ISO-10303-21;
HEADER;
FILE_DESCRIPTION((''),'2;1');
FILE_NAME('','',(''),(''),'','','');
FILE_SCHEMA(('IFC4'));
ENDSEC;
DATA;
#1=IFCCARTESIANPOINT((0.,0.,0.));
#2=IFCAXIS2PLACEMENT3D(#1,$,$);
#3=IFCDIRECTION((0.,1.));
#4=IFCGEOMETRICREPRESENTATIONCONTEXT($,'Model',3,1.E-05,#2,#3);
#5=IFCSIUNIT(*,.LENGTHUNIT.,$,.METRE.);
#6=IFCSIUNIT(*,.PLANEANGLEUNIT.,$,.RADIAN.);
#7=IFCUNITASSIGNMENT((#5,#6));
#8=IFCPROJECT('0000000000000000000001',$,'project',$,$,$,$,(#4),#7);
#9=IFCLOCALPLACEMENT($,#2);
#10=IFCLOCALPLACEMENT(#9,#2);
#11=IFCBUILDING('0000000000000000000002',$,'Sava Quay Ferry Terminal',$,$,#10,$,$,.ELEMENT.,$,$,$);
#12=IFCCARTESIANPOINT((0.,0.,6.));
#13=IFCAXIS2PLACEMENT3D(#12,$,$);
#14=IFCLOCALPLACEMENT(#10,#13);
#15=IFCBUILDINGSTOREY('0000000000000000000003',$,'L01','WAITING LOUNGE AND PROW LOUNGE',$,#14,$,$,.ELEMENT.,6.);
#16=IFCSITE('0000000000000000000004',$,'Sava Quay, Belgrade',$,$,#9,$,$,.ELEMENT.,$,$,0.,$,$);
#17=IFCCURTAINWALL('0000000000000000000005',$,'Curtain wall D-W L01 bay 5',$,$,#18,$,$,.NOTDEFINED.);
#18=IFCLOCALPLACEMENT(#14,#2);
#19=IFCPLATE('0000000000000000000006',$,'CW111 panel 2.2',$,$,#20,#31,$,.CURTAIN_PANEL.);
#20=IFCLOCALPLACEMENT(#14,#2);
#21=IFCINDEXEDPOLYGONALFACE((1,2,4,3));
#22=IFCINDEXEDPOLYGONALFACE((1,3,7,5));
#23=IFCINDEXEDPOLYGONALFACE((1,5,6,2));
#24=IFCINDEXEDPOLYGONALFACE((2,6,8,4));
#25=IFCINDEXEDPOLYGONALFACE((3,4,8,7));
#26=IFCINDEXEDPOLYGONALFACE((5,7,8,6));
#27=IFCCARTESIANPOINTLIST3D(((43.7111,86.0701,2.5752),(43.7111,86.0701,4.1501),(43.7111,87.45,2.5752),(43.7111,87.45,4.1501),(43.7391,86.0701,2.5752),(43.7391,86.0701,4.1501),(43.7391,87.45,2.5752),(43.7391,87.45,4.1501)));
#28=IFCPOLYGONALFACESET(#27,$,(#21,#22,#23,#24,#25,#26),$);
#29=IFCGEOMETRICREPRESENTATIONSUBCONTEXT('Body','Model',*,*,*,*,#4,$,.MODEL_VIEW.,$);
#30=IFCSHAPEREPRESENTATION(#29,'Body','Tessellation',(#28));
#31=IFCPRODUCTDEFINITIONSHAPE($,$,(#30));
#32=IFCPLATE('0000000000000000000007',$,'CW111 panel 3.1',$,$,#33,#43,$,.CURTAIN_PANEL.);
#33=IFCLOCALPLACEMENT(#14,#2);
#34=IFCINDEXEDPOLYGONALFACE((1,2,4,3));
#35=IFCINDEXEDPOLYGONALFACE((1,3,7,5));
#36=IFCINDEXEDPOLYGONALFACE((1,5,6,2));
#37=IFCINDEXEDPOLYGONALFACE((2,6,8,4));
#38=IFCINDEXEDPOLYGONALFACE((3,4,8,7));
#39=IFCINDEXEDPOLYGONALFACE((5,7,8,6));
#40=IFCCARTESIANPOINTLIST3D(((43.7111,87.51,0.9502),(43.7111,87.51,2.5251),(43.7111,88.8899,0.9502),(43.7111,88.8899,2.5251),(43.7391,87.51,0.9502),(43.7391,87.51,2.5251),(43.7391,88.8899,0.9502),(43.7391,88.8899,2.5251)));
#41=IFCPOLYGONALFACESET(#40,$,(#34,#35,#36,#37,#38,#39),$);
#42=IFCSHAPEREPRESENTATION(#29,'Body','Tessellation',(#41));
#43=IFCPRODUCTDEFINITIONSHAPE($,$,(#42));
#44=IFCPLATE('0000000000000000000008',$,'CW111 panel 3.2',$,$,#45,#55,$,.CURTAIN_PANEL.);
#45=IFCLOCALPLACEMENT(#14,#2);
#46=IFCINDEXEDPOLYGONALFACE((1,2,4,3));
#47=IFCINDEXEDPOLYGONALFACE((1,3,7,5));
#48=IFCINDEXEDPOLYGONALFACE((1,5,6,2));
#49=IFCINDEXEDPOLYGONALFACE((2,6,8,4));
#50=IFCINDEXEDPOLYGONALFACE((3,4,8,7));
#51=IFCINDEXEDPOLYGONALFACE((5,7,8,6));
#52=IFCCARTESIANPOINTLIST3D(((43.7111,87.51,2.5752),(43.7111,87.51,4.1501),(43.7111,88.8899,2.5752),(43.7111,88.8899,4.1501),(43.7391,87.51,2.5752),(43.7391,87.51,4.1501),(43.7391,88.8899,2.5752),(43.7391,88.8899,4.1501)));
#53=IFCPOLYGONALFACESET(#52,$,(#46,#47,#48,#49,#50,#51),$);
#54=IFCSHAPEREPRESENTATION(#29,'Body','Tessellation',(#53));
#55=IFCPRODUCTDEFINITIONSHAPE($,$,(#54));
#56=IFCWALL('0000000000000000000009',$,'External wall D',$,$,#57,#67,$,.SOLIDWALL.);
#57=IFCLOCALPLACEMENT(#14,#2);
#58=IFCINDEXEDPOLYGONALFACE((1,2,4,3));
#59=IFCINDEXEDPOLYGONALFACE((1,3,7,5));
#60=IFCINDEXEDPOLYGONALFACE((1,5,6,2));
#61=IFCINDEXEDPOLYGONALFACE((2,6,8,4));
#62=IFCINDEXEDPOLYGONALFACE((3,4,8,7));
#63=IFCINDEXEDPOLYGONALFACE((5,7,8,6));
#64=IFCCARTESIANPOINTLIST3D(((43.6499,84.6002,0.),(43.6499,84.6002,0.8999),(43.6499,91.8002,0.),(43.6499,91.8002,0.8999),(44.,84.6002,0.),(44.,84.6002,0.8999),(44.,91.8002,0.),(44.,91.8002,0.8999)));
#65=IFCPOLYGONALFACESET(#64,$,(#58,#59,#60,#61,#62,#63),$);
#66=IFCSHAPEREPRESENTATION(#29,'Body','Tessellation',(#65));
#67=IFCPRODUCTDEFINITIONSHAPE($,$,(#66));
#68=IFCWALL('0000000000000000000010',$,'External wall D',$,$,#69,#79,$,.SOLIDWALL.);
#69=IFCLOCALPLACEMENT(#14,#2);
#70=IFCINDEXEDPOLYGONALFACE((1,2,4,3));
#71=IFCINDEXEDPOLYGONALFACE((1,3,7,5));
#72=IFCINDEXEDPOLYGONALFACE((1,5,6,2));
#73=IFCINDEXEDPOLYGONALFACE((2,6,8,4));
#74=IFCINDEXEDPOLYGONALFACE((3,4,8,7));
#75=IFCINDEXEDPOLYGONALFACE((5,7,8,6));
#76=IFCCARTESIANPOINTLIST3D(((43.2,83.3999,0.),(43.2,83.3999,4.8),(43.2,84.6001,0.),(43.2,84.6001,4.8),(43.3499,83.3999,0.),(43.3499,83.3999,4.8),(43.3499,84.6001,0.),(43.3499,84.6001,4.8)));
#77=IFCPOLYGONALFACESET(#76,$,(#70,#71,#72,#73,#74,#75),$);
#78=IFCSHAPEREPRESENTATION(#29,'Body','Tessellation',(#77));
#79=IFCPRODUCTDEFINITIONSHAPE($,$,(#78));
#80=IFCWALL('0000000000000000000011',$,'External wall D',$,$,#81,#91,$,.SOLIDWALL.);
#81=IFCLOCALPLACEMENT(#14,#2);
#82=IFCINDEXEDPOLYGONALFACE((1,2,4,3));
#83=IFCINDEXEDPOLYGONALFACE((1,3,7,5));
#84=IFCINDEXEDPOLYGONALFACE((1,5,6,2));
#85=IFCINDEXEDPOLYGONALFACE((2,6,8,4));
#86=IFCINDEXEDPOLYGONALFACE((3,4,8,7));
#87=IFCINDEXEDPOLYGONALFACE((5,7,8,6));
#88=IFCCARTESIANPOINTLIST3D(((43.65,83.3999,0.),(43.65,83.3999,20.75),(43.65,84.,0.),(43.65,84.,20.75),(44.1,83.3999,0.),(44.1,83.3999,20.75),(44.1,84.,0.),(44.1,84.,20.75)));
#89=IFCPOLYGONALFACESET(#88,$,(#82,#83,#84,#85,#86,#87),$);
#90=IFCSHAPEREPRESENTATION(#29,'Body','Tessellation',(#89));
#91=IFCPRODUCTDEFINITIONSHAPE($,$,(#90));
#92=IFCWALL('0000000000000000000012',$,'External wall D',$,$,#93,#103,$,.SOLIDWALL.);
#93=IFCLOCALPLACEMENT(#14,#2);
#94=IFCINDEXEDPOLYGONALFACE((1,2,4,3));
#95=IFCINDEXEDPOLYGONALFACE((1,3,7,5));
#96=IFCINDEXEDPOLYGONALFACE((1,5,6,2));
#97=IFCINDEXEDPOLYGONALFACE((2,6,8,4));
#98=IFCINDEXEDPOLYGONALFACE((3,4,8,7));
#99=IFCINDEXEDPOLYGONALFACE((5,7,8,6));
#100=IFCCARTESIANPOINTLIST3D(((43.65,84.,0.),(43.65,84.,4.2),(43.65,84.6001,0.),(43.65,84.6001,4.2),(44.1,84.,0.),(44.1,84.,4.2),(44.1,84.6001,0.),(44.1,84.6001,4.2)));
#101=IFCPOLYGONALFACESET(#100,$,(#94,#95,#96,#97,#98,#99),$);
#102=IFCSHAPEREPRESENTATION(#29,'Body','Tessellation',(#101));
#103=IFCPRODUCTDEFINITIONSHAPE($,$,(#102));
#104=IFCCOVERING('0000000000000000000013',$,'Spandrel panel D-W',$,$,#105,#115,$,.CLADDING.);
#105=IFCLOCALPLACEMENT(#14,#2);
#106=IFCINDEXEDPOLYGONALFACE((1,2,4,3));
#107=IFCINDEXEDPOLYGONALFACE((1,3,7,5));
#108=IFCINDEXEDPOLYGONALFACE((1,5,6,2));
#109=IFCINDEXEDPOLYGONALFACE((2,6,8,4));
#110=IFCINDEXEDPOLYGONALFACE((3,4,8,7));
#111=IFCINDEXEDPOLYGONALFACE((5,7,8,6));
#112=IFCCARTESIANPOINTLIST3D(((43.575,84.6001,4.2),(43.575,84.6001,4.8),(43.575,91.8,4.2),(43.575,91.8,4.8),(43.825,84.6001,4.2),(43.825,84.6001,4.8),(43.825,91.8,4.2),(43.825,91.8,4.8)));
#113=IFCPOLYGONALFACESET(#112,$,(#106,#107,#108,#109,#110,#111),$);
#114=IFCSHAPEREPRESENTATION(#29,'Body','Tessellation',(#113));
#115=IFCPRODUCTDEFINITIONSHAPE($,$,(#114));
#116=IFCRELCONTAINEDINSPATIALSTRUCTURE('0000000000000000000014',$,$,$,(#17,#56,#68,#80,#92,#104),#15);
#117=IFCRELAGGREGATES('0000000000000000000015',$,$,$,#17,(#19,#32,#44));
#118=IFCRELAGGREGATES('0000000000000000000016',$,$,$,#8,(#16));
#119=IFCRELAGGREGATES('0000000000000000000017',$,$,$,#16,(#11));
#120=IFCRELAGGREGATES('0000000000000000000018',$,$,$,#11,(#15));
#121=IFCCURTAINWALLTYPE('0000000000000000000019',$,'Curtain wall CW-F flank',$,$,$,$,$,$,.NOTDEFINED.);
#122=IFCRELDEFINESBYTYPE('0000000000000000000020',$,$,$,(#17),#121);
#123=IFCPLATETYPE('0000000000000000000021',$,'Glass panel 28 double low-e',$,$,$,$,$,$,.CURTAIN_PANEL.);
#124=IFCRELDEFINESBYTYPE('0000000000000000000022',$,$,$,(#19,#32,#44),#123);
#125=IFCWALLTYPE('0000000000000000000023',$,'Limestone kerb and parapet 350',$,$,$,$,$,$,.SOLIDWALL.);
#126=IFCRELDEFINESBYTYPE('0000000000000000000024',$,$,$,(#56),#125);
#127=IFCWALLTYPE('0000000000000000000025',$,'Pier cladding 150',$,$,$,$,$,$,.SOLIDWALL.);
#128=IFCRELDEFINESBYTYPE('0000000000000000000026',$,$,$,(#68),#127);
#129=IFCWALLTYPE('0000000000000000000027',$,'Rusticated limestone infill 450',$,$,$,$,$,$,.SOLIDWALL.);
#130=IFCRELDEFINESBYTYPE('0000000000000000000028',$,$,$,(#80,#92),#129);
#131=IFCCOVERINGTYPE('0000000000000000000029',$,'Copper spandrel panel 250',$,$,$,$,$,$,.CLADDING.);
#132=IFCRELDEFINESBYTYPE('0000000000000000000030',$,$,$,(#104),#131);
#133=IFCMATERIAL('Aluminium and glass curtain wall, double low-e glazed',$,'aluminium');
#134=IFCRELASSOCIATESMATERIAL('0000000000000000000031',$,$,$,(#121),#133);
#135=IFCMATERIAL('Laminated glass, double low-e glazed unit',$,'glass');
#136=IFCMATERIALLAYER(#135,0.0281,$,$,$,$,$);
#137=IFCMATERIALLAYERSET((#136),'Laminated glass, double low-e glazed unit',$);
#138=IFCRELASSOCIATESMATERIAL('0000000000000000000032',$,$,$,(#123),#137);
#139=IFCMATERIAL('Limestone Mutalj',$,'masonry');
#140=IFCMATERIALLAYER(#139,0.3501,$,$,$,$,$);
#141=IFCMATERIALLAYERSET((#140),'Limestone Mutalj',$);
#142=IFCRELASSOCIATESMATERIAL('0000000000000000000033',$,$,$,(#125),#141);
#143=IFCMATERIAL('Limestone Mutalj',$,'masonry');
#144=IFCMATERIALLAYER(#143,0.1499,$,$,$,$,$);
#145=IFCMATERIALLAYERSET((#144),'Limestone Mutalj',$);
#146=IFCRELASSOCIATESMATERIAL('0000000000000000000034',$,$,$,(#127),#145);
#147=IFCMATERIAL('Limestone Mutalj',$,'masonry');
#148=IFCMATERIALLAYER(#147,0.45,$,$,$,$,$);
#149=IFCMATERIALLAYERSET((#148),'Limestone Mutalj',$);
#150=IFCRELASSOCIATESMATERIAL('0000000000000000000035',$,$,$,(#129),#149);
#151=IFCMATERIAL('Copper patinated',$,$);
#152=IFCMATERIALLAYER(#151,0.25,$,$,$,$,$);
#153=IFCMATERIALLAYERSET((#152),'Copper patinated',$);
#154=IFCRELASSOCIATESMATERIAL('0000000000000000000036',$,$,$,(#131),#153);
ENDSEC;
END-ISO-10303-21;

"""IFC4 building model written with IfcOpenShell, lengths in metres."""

from ifc_helpers import new_model, si_unit, direction, frame, frame_2d, origin, origin_2d, place, context, subcontext, project, spatial, polyline, rectangle, outline, extrude, material, layer, layer_set, type_object, element, aggregate, save


model = new_model("IFC4")

# Units and contexts
model_context = context("Model", 3, precision=1e-05, world=origin(), true_north=direction((0.0, 1.0)))
body_context = subcontext(model_context, "Body", "Model", "MODEL_VIEW")
ifc_project = project(units=[si_unit("LENGTHUNIT", "METRE"), si_unit("PLANEANGLEUNIT", "RADIAN")], contexts=[model_context])

# Site, building, storey
site_placement = place(None, origin())
site = spatial("IfcSite", under=ifc_project, at=site_placement, Name="Sava Quay, Belgrade", CompositionType="ELEMENT", RefElevation=0.0)
building_placement = place(site_placement, origin())
building = spatial("IfcBuilding", under=site, at=building_placement, Name="Sava Quay Ferry Terminal", CompositionType="ELEMENT")
storey_placement = place(building_placement, frame((0.0, 0.0, 6.0)))
storey = spatial("IfcBuildingStorey", under=building, at=storey_placement, Name="L01", Description="WAITING LOUNGE AND PROW LOUNGE", CompositionType="ELEMENT", Elevation=6.0)

# Curtain wall
ifc_material_1 = material(Name="Aluminium and glass curtain wall, double low-e glazed", Category="aluminium")
curtain_wall_type = type_object("IfcCurtainWallType", Name="Curtain wall CW-F flank", PredefinedType="NOTDEFINED", material=ifc_material_1)
curtain_wall_1_placement = place(storey_placement, origin())
curtain_wall_1 = element("IfcCurtainWall", 1, at=curtain_wall_1_placement, inside=storey, type_object=curtain_wall_type, Name="Curtain wall D-W L01 bay 5", PredefinedType="NOTDEFINED")

# Plates
ifc_material_2 = material(Name="Laminated glass, double low-e glazed unit", Category="glass")
ifc_layer_1 = layer(ifc_material_2, 0.0281)
ifc_layer_set_1 = layer_set([ifc_layer_1], Name="Laminated glass, double low-e glazed unit")
plate_type = type_object("IfcPlateType", Name="Glass panel 28 double low-e", PredefinedType="CURTAIN_PANEL", material=ifc_layer_set_1)
plate_1_placement = place(storey_placement, frame((43.7251, 86.76, 2.5752), z_axis=(0.0, 0.0, 1.0), x_axis=(0.0, 1.0, 0.0)))
plate_1 = element("IfcPlate", 2, at=plate_1_placement, type_object=plate_type, Name="CW111 panel 2.2", PredefinedType="CURTAIN_PANEL", context=body_context, shape_type="SweptSolid", body=[
    extrude(rectangle(XDim=1.3799, YDim=0.0281, at=origin_2d()), origin(), (0.0, 0.0, 1.0), 1.575),
])
plate_2_placement = place(storey_placement, frame((43.7251, 88.2, 0.9502), z_axis=(0.0, 0.0, 1.0), x_axis=(0.0, 1.0, 0.0)))
plate_2 = element("IfcPlate", 3, at=plate_2_placement, type_object=plate_type, Name="CW111 panel 3.1", PredefinedType="CURTAIN_PANEL", context=body_context, shape_type="SweptSolid", body=[
    extrude(rectangle(XDim=1.3799, YDim=0.0281, at=origin_2d()), origin(), (0.0, 0.0, 1.0), 1.575),
])
plate_3_placement = place(storey_placement, frame((43.7251, 88.2, 2.5752), z_axis=(0.0, 0.0, 1.0), x_axis=(0.0, 1.0, 0.0)))
plate_3 = element("IfcPlate", 4, at=plate_3_placement, type_object=plate_type, Name="CW111 panel 3.2", PredefinedType="CURTAIN_PANEL", context=body_context, shape_type="SweptSolid", body=[
    extrude(rectangle(XDim=1.3799, YDim=0.0281, at=origin_2d()), origin(), (0.0, 0.0, 1.0), 1.575),
])
aggregate(curtain_wall_1, [plate_1, plate_2, plate_3])

# Walls
ifc_material_3 = material(Name="Limestone Mutalj", Category="masonry")
ifc_layer_2 = layer(ifc_material_3, 0.3501)
ifc_layer_set_2 = layer_set([ifc_layer_2], Name="Limestone Mutalj")
wall_type_1 = type_object("IfcWallType", Name="Limestone kerb and parapet 350", PredefinedType="SOLIDWALL", material=ifc_layer_set_2)
wall_1_placement = place(storey_placement, frame((43.825, 84.6001, 0.0), z_axis=(0.0, 0.0, 1.0), x_axis=(0.0, 1.0, 0.0)))
element("IfcWall", 5, at=wall_1_placement, inside=storey, type_object=wall_type_1, Name="External wall D", PredefinedType="SOLIDWALL", context=body_context, shape_type="SweptSolid", body=[
    extrude(rectangle(XDim=7.2, YDim=0.3501, at=frame_2d((3.6001, 0.0))), origin(), (0.0, 0.0, 1.0), 0.8999),
])
ifc_material_4 = material(Name="Limestone Mutalj", Category="masonry")
ifc_layer_3 = layer(ifc_material_4, 0.1499)
ifc_layer_set_3 = layer_set([ifc_layer_3], Name="Limestone Mutalj")
wall_type_2 = type_object("IfcWallType", Name="Pier cladding 150", PredefinedType="SOLIDWALL", material=ifc_layer_set_3)
wall_2_placement = place(storey_placement, frame((43.2749, 83.3999, 0.0), z_axis=(0.0, 0.0, 1.0), x_axis=(0.0, 1.0, 0.0)))
element("IfcWall", 6, at=wall_2_placement, inside=storey, type_object=wall_type_2, Name="External wall D", PredefinedType="SOLIDWALL", context=body_context, shape_type="SweptSolid", body=[
    extrude(rectangle(XDim=1.2002, YDim=0.1499, at=frame_2d((0.6001, 0.0))), origin(), (0.0, 0.0, 1.0), 4.8),
])
ifc_material_5 = material(Name="Limestone Mutalj", Category="masonry")
ifc_layer_4 = layer(ifc_material_5, 0.45)
ifc_layer_set_4 = layer_set([ifc_layer_4], Name="Limestone Mutalj")
wall_type_3 = type_object("IfcWallType", Name="Rusticated limestone infill 450", PredefinedType="SOLIDWALL", material=ifc_layer_set_4)
wall_3_placement = place(storey_placement, frame((43.875, 83.3999, 0.0), z_axis=(0.0, 0.0, 1.0), x_axis=(0.0, 1.0, 0.0)))
element("IfcWall", 7, at=wall_3_placement, inside=storey, type_object=wall_type_3, Name="External wall D", PredefinedType="SOLIDWALL", context=body_context, shape_type="SweptSolid", body=[
    extrude(rectangle(XDim=0.6001, YDim=0.45, at=frame_2d((0.3, 0.0))), origin(), (0.0, 0.0, 1.0), 20.75),
])
wall_4_placement = place(storey_placement, frame((43.875, 84.0, 0.0), z_axis=(0.0, 0.0, 1.0), x_axis=(0.0, 1.0, 0.0)))
element("IfcWall", 8, at=wall_4_placement, inside=storey, type_object=wall_type_3, Name="External wall D", PredefinedType="SOLIDWALL", context=body_context, shape_type="SweptSolid", body=[
    extrude(rectangle(XDim=0.6001, YDim=0.45, at=frame_2d((0.3, 0.0))), origin(), (0.0, 0.0, 1.0), 4.2),
])

# Covering
ifc_material_6 = material(Name="Copper patinated")
ifc_layer_5 = layer(ifc_material_6, 0.25)
ifc_layer_set_5 = layer_set([ifc_layer_5], Name="Copper patinated")
covering_type = type_object("IfcCoveringType", Name="Copper spandrel panel 250", PredefinedType="CLADDING", material=ifc_layer_set_5)
covering_placement = place(storey_placement, frame((43.7, 84.6001, 4.2), z_axis=(0.0, 0.0, 1.0), x_axis=(0.0, 1.0, 0.0)))
element("IfcCovering", 9, at=covering_placement, inside=storey, type_object=covering_type, Name="Spandrel panel D-W", PredefinedType="CLADDING", context=body_context, shape_type="SweptSolid", body=[
    extrude(outline(polyline([(0.0, 0.0), (7.2, 0.0), (7.2, 0.6001), (0.0, 0.6001), (0.0, 0.0)])), frame((0.0, 0.125, 0.0), z_axis=(0.0, -1.0, 0.0), x_axis=(1.0, 0.0, 0.0)), (0.0, 0.0, 1.0), 0.25),
])

save(model, "model.ifc")
